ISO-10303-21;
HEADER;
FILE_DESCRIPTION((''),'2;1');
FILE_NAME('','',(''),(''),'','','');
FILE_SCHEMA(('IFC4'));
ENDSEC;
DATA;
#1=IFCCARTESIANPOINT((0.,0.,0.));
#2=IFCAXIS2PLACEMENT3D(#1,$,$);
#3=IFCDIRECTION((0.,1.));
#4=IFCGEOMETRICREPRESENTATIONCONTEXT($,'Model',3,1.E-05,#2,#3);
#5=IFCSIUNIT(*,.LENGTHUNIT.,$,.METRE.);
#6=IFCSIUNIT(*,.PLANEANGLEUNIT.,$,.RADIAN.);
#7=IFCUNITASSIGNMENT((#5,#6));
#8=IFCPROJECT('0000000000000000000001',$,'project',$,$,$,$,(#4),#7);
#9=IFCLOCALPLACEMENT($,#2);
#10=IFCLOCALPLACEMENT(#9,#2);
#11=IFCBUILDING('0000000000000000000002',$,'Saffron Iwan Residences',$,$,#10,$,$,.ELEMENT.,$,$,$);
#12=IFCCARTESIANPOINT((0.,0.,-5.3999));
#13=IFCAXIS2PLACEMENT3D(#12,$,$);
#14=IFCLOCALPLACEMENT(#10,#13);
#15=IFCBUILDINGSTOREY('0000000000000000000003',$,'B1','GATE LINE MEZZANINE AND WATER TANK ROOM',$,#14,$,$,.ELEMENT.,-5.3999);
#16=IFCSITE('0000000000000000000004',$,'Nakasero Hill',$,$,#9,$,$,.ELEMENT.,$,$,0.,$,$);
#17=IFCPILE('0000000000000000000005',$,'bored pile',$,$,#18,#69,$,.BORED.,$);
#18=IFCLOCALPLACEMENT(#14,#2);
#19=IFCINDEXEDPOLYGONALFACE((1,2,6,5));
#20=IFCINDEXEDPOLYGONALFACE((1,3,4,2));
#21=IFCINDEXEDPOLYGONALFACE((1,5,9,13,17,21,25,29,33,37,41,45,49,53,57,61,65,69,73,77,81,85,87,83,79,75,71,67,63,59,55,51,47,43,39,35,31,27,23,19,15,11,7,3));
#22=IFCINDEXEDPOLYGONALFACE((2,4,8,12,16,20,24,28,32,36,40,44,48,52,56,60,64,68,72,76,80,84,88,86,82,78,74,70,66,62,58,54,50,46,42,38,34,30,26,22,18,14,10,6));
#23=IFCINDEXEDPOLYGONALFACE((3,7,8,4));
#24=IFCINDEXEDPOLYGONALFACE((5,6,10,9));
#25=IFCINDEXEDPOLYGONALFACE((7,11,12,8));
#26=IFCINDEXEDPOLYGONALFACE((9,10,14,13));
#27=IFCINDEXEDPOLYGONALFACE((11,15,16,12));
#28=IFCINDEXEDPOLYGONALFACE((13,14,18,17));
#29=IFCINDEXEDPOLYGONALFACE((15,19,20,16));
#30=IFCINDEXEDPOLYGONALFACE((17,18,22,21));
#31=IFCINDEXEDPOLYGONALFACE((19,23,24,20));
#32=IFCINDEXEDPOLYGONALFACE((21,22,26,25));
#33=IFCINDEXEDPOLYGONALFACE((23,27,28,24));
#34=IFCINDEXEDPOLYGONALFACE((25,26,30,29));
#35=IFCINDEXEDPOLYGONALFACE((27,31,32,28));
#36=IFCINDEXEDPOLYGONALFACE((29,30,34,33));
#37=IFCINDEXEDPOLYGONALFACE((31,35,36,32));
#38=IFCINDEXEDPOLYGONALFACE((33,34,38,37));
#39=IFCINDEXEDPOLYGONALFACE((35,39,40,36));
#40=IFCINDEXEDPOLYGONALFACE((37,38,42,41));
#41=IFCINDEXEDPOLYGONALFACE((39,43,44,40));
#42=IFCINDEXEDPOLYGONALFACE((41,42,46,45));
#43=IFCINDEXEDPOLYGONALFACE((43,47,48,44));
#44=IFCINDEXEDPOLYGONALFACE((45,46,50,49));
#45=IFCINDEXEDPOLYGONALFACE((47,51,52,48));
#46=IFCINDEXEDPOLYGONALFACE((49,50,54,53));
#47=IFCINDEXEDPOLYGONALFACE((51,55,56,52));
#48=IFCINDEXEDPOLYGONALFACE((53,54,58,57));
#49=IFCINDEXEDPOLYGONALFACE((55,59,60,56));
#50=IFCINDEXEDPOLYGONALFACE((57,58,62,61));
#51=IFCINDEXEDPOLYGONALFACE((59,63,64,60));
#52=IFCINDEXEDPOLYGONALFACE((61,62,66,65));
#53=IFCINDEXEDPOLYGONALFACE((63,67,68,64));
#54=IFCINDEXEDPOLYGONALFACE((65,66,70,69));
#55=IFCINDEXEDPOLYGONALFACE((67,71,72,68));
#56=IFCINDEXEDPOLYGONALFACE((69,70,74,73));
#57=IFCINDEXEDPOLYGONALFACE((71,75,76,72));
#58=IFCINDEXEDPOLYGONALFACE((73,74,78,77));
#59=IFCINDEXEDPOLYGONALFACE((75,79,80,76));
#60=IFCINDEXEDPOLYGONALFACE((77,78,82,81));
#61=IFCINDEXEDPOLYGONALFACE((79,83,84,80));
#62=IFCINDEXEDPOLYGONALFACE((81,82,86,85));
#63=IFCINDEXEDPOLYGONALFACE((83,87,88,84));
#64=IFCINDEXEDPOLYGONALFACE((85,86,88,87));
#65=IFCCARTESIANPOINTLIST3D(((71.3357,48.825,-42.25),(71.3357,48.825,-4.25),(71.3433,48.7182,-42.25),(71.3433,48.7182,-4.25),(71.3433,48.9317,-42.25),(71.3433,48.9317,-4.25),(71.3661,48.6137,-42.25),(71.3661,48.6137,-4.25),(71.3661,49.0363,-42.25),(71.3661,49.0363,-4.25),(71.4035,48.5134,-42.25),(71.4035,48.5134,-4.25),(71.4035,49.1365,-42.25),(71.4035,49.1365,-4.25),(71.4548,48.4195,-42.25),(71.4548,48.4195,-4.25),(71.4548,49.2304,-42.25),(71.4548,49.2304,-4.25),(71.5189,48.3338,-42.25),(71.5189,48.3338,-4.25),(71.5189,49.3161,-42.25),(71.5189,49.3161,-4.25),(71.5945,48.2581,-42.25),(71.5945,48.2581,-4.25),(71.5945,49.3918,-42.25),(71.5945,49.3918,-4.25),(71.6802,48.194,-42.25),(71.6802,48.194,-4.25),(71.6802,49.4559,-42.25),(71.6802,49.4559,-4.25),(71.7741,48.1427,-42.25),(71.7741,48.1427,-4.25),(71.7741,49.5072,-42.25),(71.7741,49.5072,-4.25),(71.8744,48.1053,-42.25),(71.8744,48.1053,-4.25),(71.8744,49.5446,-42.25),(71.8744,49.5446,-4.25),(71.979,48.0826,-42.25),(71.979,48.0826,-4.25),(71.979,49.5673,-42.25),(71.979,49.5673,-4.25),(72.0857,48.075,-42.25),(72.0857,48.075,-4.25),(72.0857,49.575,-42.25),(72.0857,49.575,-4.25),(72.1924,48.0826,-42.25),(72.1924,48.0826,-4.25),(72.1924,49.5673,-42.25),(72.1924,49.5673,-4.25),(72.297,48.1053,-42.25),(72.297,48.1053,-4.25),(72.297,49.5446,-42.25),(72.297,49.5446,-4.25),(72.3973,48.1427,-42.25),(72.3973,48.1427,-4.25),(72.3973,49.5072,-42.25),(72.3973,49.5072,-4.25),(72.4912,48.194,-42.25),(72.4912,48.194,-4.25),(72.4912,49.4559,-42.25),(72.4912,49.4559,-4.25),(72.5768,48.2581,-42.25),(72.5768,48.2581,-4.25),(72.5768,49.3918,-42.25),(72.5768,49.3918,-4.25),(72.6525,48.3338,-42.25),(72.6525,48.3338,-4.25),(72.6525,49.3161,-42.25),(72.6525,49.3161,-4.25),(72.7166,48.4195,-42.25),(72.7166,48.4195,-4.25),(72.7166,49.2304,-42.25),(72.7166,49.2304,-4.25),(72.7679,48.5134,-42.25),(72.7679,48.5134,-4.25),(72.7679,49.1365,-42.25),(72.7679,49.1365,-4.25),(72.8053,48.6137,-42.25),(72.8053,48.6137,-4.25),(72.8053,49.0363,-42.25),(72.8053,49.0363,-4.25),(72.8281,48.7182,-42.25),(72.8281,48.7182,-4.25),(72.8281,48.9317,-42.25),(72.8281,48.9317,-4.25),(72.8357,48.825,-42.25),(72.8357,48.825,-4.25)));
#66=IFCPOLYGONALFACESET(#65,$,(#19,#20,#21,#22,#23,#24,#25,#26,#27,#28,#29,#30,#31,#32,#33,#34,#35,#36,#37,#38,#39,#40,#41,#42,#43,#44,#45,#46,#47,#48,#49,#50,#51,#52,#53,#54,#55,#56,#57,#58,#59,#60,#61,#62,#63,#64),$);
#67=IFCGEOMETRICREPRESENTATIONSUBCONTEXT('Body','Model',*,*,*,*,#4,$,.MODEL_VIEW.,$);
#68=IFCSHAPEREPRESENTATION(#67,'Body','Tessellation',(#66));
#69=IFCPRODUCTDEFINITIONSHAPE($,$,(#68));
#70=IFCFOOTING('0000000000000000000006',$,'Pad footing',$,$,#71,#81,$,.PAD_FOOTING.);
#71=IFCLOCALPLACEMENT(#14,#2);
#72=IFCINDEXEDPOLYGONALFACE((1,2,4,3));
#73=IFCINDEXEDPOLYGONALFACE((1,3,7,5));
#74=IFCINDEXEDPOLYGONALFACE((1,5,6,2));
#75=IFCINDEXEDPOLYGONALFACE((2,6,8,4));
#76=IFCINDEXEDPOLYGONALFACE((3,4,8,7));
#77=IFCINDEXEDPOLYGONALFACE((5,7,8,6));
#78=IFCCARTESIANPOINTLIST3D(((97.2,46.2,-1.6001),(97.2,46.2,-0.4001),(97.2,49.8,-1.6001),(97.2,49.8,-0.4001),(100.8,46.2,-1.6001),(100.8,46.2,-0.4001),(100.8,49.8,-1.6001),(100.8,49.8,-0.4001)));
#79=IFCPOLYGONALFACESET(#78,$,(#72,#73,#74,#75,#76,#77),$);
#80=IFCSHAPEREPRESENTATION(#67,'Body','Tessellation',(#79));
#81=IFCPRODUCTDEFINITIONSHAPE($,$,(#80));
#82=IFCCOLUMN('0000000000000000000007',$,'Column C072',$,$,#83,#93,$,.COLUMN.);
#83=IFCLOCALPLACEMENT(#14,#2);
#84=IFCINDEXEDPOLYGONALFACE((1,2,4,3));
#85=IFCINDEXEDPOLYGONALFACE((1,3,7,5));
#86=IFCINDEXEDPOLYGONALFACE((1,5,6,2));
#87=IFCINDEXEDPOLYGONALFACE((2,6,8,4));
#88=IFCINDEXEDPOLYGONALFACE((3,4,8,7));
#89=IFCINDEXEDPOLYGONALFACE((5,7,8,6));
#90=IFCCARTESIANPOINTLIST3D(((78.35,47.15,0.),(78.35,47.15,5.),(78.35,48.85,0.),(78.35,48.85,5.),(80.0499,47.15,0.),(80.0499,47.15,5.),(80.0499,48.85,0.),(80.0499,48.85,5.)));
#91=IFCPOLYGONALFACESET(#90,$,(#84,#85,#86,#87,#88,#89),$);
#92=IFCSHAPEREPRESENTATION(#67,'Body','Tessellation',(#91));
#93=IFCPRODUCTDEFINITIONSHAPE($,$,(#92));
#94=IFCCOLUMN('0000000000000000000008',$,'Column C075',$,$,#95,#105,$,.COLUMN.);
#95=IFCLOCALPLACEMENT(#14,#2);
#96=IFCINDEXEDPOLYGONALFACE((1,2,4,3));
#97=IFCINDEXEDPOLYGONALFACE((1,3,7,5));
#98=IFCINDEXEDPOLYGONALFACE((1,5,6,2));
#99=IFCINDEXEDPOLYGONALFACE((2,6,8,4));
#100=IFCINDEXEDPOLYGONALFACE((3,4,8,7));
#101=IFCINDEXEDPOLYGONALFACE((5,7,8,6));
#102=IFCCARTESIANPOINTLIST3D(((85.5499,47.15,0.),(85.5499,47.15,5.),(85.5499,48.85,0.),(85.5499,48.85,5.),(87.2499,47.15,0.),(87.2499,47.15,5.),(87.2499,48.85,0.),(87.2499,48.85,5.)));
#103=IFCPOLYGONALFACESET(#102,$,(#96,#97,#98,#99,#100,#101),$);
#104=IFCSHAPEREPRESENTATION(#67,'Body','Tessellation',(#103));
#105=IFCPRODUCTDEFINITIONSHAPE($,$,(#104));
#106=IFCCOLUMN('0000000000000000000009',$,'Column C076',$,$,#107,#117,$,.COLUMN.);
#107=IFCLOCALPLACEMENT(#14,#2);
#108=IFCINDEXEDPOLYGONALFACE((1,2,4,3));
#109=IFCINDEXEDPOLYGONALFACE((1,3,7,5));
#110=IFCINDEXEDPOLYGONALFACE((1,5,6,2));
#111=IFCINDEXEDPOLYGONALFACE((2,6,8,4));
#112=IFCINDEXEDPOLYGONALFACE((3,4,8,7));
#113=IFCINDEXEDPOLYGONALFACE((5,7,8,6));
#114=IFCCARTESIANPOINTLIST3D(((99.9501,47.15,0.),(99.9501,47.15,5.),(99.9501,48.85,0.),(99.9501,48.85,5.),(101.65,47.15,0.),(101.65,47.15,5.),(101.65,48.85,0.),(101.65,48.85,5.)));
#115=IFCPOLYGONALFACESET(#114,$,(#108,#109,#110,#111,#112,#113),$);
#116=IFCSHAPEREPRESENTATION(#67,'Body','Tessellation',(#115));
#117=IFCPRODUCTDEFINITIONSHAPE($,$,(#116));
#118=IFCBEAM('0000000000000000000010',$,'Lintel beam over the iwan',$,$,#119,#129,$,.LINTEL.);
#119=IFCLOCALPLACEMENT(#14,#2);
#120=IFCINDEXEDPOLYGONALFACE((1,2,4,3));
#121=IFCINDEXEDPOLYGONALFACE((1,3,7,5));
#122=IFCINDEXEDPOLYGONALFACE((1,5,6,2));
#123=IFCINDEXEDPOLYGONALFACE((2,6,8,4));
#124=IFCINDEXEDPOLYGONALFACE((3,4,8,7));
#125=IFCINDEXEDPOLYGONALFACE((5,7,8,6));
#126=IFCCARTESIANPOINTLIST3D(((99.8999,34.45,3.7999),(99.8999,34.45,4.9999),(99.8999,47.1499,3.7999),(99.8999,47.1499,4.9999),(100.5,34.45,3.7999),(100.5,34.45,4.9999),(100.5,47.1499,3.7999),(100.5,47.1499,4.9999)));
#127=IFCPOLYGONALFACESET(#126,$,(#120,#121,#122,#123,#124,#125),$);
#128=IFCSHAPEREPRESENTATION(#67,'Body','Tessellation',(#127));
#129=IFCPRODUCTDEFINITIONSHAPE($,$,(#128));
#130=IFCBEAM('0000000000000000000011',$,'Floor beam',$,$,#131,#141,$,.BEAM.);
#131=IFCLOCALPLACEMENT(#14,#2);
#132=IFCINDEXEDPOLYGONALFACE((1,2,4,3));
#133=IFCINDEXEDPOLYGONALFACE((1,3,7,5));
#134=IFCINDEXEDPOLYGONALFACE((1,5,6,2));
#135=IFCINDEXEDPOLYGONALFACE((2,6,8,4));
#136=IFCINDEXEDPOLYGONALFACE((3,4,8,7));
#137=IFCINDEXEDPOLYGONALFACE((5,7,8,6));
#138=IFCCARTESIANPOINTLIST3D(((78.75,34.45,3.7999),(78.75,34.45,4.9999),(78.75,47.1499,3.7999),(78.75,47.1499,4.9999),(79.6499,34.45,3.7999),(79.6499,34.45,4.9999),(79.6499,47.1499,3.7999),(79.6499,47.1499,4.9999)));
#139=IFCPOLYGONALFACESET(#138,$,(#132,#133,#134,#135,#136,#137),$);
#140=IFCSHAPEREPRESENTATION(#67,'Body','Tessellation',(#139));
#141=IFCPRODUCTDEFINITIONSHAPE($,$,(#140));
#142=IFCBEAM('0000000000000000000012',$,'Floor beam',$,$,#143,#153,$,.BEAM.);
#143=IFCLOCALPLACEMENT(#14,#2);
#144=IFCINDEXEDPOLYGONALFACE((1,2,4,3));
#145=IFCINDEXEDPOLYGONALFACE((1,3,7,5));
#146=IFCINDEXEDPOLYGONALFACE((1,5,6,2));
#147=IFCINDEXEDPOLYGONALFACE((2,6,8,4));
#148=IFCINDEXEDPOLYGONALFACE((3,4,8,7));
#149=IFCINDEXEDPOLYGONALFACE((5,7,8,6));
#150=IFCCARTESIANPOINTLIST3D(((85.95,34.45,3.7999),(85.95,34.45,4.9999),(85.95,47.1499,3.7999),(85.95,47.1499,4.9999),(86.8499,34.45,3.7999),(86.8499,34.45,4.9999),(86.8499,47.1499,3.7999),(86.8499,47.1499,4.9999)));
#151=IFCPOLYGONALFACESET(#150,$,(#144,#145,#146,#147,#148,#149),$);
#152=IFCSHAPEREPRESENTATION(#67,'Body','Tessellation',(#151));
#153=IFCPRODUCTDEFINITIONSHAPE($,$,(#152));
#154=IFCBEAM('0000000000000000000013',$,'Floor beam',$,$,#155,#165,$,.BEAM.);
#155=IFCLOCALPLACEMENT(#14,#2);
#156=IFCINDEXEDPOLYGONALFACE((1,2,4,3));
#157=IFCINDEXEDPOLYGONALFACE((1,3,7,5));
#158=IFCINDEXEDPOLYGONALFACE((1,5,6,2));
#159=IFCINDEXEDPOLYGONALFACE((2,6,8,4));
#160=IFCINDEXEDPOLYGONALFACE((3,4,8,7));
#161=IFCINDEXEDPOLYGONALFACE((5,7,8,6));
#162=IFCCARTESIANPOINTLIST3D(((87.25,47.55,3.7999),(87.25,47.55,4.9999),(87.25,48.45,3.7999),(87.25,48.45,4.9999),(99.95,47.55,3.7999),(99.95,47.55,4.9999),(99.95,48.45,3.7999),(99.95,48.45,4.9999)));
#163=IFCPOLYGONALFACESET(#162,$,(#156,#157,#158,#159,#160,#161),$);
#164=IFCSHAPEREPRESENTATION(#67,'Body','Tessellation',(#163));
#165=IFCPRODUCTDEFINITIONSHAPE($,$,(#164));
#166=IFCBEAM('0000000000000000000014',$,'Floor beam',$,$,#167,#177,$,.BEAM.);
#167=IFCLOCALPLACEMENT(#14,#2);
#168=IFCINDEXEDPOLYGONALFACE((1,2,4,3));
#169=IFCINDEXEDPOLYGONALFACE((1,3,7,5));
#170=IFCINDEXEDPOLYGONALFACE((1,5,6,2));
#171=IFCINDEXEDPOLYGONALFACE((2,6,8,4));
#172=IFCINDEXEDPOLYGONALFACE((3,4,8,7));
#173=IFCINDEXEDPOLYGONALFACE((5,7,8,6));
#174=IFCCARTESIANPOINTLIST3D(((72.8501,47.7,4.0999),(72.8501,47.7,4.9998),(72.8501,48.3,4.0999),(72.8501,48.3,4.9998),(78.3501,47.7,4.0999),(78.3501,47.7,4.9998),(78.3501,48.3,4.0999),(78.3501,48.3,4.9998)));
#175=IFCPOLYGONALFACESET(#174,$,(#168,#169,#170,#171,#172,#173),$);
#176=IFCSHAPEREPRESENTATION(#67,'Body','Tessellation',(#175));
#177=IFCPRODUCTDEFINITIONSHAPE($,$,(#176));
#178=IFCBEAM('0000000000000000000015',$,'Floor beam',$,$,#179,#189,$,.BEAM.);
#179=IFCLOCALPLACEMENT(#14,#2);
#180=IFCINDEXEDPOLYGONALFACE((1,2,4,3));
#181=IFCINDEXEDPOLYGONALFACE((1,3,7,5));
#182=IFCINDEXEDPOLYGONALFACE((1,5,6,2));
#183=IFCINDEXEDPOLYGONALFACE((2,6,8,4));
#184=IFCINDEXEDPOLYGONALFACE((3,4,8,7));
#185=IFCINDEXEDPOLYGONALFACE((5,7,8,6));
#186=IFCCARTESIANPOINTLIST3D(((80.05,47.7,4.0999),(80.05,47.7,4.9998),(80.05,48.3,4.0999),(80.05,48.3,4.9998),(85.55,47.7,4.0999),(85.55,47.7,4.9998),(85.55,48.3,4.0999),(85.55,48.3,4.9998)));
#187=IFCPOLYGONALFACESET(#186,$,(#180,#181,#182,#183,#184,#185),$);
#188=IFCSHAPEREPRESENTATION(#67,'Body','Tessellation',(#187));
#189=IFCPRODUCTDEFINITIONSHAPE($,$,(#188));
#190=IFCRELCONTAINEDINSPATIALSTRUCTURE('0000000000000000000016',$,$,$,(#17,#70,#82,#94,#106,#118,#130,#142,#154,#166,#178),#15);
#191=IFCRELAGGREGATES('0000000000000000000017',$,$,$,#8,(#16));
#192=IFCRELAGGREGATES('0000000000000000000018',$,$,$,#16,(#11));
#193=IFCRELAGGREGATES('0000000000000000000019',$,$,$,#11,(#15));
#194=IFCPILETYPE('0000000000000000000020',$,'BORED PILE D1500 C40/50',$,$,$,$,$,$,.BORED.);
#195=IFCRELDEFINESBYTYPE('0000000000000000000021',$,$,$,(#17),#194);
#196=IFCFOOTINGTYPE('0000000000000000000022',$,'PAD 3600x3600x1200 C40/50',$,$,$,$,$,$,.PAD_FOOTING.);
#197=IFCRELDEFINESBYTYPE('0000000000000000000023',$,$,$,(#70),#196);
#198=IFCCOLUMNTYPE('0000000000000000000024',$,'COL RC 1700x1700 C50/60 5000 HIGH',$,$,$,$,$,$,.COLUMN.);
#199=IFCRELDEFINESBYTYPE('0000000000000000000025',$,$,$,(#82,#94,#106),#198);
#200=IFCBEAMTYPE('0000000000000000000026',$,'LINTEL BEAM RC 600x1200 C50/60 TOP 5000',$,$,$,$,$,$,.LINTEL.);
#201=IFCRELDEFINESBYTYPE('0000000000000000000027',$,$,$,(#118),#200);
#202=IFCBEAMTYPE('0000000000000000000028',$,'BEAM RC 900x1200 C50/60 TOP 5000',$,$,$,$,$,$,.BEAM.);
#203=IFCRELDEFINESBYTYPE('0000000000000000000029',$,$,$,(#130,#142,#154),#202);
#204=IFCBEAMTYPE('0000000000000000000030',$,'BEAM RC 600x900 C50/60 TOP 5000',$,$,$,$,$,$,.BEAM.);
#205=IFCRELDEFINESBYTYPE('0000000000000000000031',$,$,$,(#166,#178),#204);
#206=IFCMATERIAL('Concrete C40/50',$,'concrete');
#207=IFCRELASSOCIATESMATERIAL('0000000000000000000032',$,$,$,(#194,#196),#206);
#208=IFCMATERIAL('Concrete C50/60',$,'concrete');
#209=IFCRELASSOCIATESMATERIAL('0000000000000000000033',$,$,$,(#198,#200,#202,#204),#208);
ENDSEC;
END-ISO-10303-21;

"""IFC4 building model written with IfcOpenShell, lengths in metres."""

from ifc_helpers import new_model, si_unit, direction, frame, origin, origin_2d, place, context, subcontext, project, spatial, rectangle, circle, extrude, source, transform, mapped, material, material_profile, profile_set, type_object, element, save


model = new_model("IFC4")

# Units and contexts
model_context = context("Model", 3, precision=1e-05, world=origin(), true_north=direction((0.0, 1.0)))
body_context = subcontext(model_context, "Body", "Model", "MODEL_VIEW")
ifc_project = project(units=[si_unit("LENGTHUNIT", "METRE"), si_unit("PLANEANGLEUNIT", "RADIAN")], contexts=[model_context])

# Site, building, storey
site_placement = place(None, origin())
site = spatial("IfcSite", under=ifc_project, at=site_placement, Name="Nakasero Hill", CompositionType="ELEMENT", RefElevation=0.0)
building_placement = place(site_placement, origin())
building = spatial("IfcBuilding", under=site, at=building_placement, Name="Saffron Iwan Residences", CompositionType="ELEMENT")
storey_placement = place(building_placement, frame((0.0, 0.0, -5.3999)))
storey = spatial("IfcBuildingStorey", under=building, at=storey_placement, Name="B1", Description="GATE LINE MEZZANINE AND WATER TANK ROOM", CompositionType="ELEMENT", Elevation=-5.3999)

# Pile
ifc_material_1 = material(Name="Concrete C40/50", Category="concrete")
ifc_material_profile_1 = material_profile(ifc_material_1, circle(Radius=0.75, at=origin_2d()), Name="RC D1500")
ifc_profile_set_1 = profile_set([ifc_material_profile_1], Name="Concrete C40/50")
pile_type = type_object("IfcPileType", Name="BORED PILE D1500 C40/50", PredefinedType="BORED", material=ifc_profile_set_1)
for number, where, z_axis, x_axis, name in (
    (1, (72.0857, 48.825, -4.25), (0.0, 0.0, -1.0), (1.0, 0.0, 0.0), "bored pile"),
):
    element("IfcPile", number, at=place(storey_placement, frame(where, z_axis=z_axis, x_axis=x_axis)), inside=storey, type_object=pile_type, Name=name, PredefinedType="BORED", context=body_context, shape_type="SweptSolid", body=[
        extrude(circle(Radius=0.75, at=origin_2d()), origin(), (0.0, 0.0, 1.0), 38.0),
    ])

# Footing
footing_type = type_object("IfcFootingType", Name="PAD 3600x3600x1200 C40/50", PredefinedType="PAD_FOOTING", material=ifc_material_1)
shared_shape_1 = source(origin(), body_context, "Body", "SweptSolid", [
    extrude(rectangle(XDim=3.6001, YDim=3.6001, at=origin_2d()), origin(), (0.0, 0.0, 1.0), 1.2),
])
footing_placement = place(storey_placement, frame((99.0, 48.0, -1.6001), z_axis=(0.0, 0.0, 1.0), x_axis=(1.0, 0.0, 0.0)))
element("IfcFooting", 2, at=footing_placement, inside=storey, type_object=footing_type, Name="Pad footing", PredefinedType="PAD_FOOTING", context=body_context, shape_type="MappedRepresentation", body=[
    mapped(shared_shape_1, transform((0.0, 0.0, 0.0))),
])

# Columns
ifc_material_2 = material(Name="Concrete C50/60", Category="concrete")
ifc_material_profile_2 = material_profile(ifc_material_2, rectangle(XDim=1.7, YDim=1.7, at=origin_2d()), Name="RC 1700x1700")
ifc_profile_set_2 = profile_set([ifc_material_profile_2], Name="Concrete C50/60")
column_type = type_object("IfcColumnType", Name="COL RC 1700x1700 C50/60 5000 HIGH", PredefinedType="COLUMN", material=ifc_profile_set_2)
shared_shape_2 = source(origin(), body_context, "Body", "SweptSolid", [
    extrude(rectangle(XDim=1.7, YDim=1.7, at=origin_2d()), origin(), (0.0, 0.0, 1.0), 5.0),
])
for number, where, z_axis, x_axis, name in (
    (3, (79.2, 48.0, 0.0), (0.0, 0.0, 1.0), (1.0, 0.0, 0.0), "Column C072"),
    (4, (86.3999, 48.0, 0.0), (0.0, 0.0, 1.0), (1.0, 0.0, 0.0), "Column C075"),
    (5, (100.8, 48.0, 0.0), (0.0, 0.0, 1.0), (1.0, 0.0, 0.0), "Column C076"),
):
    element("IfcColumn", number, at=place(storey_placement, frame(where, z_axis=z_axis, x_axis=x_axis)), inside=storey, type_object=column_type, Name=name, PredefinedType="COLUMN", context=body_context, shape_type="MappedRepresentation", body=[
        mapped(shared_shape_2, transform((0.0, 0.0, 0.0))),
    ])

# Beams
ifc_material_profile_3 = material_profile(ifc_material_2, rectangle(XDim=0.6001, YDim=1.2, at=origin_2d()), Name="RC 600x1200")
ifc_profile_set_3 = profile_set([ifc_material_profile_3], Name="Concrete C50/60")
beam_type_1 = type_object("IfcBeamType", Name="LINTEL BEAM RC 600x1200 C50/60 TOP 5000", PredefinedType="LINTEL", material=ifc_profile_set_3)
shared_shape_3 = source(origin(), body_context, "Body", "SweptSolid", [
    extrude(rectangle(XDim=0.6001, YDim=1.2, at=origin_2d()), origin(), (0.0, 0.0, 1.0), 12.7),
])
beam_placement = place(storey_placement, frame((100.2, 47.1499, 4.3999), z_axis=(0.0, -1.0, 0.0), x_axis=(1.0, 0.0, 0.0)))
element("IfcBeam", 6, at=beam_placement, inside=storey, type_object=beam_type_1, Name="Lintel beam over the iwan", PredefinedType="LINTEL", context=body_context, shape_type="MappedRepresentation", body=[
    mapped(shared_shape_3, transform((0.0, 0.0, 0.0))),
])
ifc_material_profile_4 = material_profile(ifc_material_2, rectangle(XDim=0.8999, YDim=1.2, at=origin_2d()), Name="RC 900x1200")
ifc_profile_set_4 = profile_set([ifc_material_profile_4], Name="Concrete C50/60")
beam_type_2 = type_object("IfcBeamType", Name="BEAM RC 900x1200 C50/60 TOP 5000", PredefinedType="BEAM", material=ifc_profile_set_4)
shared_shape_4 = source(origin(), body_context, "Body", "SweptSolid", [
    extrude(rectangle(XDim=0.8999, YDim=1.2, at=origin_2d()), origin(), (0.0, 0.0, 1.0), 12.7),
])
for number, where, z_axis, x_axis, name in (
    (7, (79.2, 34.45, 4.3999), (0.0, 1.0, 0.0), (-1.0, 0.0, 0.0), "Floor beam"),
    (8, (86.3999, 34.45, 4.3999), (0.0, 1.0, 0.0), (-1.0, 0.0, 0.0), "Floor beam"),
    (9, (87.25, 48.0, 4.3999), (1.0, 0.0, 0.0), (0.0, 1.0, 0.0), "Floor beam"),
):
    element("IfcBeam", number, at=place(storey_placement, frame(where, z_axis=z_axis, x_axis=x_axis)), inside=storey, type_object=beam_type_2, Name=name, PredefinedType="BEAM", context=body_context, shape_type="MappedRepresentation", body=[
        mapped(shared_shape_4, transform((0.0, 0.0, 0.0))),
    ])
ifc_material_profile_5 = material_profile(ifc_material_2, rectangle(XDim=0.6001, YDim=0.8999, at=origin_2d()), Name="RC 600x900")
ifc_profile_set_5 = profile_set([ifc_material_profile_5], Name="Concrete C50/60")
beam_type_3 = type_object("IfcBeamType", Name="BEAM RC 600x900 C50/60 TOP 5000", PredefinedType="BEAM", material=ifc_profile_set_5)
shared_shape_5 = source(origin(), body_context, "Body", "SweptSolid", [
    extrude(rectangle(XDim=0.6001, YDim=0.8999, at=origin_2d()), origin(), (0.0, 0.0, 1.0), 5.5),
])
for number, where, z_axis, x_axis, name in (
    (10, (72.8501, 48.0, 4.5498), (1.0, 0.0, 0.0), (0.0, 1.0, 0.0), "Floor beam"),
    (11, (80.05, 48.0, 4.5498), (1.0, 0.0, 0.0), (0.0, 1.0, 0.0), "Floor beam"),
):
    element("IfcBeam", number, at=place(storey_placement, frame(where, z_axis=z_axis, x_axis=x_axis)), inside=storey, type_object=beam_type_3, Name=name, PredefinedType="BEAM", context=body_context, shape_type="MappedRepresentation", body=[
        mapped(shared_shape_5, transform((0.0, 0.0, 0.0))),
    ])

save(model, "model.ifc")
